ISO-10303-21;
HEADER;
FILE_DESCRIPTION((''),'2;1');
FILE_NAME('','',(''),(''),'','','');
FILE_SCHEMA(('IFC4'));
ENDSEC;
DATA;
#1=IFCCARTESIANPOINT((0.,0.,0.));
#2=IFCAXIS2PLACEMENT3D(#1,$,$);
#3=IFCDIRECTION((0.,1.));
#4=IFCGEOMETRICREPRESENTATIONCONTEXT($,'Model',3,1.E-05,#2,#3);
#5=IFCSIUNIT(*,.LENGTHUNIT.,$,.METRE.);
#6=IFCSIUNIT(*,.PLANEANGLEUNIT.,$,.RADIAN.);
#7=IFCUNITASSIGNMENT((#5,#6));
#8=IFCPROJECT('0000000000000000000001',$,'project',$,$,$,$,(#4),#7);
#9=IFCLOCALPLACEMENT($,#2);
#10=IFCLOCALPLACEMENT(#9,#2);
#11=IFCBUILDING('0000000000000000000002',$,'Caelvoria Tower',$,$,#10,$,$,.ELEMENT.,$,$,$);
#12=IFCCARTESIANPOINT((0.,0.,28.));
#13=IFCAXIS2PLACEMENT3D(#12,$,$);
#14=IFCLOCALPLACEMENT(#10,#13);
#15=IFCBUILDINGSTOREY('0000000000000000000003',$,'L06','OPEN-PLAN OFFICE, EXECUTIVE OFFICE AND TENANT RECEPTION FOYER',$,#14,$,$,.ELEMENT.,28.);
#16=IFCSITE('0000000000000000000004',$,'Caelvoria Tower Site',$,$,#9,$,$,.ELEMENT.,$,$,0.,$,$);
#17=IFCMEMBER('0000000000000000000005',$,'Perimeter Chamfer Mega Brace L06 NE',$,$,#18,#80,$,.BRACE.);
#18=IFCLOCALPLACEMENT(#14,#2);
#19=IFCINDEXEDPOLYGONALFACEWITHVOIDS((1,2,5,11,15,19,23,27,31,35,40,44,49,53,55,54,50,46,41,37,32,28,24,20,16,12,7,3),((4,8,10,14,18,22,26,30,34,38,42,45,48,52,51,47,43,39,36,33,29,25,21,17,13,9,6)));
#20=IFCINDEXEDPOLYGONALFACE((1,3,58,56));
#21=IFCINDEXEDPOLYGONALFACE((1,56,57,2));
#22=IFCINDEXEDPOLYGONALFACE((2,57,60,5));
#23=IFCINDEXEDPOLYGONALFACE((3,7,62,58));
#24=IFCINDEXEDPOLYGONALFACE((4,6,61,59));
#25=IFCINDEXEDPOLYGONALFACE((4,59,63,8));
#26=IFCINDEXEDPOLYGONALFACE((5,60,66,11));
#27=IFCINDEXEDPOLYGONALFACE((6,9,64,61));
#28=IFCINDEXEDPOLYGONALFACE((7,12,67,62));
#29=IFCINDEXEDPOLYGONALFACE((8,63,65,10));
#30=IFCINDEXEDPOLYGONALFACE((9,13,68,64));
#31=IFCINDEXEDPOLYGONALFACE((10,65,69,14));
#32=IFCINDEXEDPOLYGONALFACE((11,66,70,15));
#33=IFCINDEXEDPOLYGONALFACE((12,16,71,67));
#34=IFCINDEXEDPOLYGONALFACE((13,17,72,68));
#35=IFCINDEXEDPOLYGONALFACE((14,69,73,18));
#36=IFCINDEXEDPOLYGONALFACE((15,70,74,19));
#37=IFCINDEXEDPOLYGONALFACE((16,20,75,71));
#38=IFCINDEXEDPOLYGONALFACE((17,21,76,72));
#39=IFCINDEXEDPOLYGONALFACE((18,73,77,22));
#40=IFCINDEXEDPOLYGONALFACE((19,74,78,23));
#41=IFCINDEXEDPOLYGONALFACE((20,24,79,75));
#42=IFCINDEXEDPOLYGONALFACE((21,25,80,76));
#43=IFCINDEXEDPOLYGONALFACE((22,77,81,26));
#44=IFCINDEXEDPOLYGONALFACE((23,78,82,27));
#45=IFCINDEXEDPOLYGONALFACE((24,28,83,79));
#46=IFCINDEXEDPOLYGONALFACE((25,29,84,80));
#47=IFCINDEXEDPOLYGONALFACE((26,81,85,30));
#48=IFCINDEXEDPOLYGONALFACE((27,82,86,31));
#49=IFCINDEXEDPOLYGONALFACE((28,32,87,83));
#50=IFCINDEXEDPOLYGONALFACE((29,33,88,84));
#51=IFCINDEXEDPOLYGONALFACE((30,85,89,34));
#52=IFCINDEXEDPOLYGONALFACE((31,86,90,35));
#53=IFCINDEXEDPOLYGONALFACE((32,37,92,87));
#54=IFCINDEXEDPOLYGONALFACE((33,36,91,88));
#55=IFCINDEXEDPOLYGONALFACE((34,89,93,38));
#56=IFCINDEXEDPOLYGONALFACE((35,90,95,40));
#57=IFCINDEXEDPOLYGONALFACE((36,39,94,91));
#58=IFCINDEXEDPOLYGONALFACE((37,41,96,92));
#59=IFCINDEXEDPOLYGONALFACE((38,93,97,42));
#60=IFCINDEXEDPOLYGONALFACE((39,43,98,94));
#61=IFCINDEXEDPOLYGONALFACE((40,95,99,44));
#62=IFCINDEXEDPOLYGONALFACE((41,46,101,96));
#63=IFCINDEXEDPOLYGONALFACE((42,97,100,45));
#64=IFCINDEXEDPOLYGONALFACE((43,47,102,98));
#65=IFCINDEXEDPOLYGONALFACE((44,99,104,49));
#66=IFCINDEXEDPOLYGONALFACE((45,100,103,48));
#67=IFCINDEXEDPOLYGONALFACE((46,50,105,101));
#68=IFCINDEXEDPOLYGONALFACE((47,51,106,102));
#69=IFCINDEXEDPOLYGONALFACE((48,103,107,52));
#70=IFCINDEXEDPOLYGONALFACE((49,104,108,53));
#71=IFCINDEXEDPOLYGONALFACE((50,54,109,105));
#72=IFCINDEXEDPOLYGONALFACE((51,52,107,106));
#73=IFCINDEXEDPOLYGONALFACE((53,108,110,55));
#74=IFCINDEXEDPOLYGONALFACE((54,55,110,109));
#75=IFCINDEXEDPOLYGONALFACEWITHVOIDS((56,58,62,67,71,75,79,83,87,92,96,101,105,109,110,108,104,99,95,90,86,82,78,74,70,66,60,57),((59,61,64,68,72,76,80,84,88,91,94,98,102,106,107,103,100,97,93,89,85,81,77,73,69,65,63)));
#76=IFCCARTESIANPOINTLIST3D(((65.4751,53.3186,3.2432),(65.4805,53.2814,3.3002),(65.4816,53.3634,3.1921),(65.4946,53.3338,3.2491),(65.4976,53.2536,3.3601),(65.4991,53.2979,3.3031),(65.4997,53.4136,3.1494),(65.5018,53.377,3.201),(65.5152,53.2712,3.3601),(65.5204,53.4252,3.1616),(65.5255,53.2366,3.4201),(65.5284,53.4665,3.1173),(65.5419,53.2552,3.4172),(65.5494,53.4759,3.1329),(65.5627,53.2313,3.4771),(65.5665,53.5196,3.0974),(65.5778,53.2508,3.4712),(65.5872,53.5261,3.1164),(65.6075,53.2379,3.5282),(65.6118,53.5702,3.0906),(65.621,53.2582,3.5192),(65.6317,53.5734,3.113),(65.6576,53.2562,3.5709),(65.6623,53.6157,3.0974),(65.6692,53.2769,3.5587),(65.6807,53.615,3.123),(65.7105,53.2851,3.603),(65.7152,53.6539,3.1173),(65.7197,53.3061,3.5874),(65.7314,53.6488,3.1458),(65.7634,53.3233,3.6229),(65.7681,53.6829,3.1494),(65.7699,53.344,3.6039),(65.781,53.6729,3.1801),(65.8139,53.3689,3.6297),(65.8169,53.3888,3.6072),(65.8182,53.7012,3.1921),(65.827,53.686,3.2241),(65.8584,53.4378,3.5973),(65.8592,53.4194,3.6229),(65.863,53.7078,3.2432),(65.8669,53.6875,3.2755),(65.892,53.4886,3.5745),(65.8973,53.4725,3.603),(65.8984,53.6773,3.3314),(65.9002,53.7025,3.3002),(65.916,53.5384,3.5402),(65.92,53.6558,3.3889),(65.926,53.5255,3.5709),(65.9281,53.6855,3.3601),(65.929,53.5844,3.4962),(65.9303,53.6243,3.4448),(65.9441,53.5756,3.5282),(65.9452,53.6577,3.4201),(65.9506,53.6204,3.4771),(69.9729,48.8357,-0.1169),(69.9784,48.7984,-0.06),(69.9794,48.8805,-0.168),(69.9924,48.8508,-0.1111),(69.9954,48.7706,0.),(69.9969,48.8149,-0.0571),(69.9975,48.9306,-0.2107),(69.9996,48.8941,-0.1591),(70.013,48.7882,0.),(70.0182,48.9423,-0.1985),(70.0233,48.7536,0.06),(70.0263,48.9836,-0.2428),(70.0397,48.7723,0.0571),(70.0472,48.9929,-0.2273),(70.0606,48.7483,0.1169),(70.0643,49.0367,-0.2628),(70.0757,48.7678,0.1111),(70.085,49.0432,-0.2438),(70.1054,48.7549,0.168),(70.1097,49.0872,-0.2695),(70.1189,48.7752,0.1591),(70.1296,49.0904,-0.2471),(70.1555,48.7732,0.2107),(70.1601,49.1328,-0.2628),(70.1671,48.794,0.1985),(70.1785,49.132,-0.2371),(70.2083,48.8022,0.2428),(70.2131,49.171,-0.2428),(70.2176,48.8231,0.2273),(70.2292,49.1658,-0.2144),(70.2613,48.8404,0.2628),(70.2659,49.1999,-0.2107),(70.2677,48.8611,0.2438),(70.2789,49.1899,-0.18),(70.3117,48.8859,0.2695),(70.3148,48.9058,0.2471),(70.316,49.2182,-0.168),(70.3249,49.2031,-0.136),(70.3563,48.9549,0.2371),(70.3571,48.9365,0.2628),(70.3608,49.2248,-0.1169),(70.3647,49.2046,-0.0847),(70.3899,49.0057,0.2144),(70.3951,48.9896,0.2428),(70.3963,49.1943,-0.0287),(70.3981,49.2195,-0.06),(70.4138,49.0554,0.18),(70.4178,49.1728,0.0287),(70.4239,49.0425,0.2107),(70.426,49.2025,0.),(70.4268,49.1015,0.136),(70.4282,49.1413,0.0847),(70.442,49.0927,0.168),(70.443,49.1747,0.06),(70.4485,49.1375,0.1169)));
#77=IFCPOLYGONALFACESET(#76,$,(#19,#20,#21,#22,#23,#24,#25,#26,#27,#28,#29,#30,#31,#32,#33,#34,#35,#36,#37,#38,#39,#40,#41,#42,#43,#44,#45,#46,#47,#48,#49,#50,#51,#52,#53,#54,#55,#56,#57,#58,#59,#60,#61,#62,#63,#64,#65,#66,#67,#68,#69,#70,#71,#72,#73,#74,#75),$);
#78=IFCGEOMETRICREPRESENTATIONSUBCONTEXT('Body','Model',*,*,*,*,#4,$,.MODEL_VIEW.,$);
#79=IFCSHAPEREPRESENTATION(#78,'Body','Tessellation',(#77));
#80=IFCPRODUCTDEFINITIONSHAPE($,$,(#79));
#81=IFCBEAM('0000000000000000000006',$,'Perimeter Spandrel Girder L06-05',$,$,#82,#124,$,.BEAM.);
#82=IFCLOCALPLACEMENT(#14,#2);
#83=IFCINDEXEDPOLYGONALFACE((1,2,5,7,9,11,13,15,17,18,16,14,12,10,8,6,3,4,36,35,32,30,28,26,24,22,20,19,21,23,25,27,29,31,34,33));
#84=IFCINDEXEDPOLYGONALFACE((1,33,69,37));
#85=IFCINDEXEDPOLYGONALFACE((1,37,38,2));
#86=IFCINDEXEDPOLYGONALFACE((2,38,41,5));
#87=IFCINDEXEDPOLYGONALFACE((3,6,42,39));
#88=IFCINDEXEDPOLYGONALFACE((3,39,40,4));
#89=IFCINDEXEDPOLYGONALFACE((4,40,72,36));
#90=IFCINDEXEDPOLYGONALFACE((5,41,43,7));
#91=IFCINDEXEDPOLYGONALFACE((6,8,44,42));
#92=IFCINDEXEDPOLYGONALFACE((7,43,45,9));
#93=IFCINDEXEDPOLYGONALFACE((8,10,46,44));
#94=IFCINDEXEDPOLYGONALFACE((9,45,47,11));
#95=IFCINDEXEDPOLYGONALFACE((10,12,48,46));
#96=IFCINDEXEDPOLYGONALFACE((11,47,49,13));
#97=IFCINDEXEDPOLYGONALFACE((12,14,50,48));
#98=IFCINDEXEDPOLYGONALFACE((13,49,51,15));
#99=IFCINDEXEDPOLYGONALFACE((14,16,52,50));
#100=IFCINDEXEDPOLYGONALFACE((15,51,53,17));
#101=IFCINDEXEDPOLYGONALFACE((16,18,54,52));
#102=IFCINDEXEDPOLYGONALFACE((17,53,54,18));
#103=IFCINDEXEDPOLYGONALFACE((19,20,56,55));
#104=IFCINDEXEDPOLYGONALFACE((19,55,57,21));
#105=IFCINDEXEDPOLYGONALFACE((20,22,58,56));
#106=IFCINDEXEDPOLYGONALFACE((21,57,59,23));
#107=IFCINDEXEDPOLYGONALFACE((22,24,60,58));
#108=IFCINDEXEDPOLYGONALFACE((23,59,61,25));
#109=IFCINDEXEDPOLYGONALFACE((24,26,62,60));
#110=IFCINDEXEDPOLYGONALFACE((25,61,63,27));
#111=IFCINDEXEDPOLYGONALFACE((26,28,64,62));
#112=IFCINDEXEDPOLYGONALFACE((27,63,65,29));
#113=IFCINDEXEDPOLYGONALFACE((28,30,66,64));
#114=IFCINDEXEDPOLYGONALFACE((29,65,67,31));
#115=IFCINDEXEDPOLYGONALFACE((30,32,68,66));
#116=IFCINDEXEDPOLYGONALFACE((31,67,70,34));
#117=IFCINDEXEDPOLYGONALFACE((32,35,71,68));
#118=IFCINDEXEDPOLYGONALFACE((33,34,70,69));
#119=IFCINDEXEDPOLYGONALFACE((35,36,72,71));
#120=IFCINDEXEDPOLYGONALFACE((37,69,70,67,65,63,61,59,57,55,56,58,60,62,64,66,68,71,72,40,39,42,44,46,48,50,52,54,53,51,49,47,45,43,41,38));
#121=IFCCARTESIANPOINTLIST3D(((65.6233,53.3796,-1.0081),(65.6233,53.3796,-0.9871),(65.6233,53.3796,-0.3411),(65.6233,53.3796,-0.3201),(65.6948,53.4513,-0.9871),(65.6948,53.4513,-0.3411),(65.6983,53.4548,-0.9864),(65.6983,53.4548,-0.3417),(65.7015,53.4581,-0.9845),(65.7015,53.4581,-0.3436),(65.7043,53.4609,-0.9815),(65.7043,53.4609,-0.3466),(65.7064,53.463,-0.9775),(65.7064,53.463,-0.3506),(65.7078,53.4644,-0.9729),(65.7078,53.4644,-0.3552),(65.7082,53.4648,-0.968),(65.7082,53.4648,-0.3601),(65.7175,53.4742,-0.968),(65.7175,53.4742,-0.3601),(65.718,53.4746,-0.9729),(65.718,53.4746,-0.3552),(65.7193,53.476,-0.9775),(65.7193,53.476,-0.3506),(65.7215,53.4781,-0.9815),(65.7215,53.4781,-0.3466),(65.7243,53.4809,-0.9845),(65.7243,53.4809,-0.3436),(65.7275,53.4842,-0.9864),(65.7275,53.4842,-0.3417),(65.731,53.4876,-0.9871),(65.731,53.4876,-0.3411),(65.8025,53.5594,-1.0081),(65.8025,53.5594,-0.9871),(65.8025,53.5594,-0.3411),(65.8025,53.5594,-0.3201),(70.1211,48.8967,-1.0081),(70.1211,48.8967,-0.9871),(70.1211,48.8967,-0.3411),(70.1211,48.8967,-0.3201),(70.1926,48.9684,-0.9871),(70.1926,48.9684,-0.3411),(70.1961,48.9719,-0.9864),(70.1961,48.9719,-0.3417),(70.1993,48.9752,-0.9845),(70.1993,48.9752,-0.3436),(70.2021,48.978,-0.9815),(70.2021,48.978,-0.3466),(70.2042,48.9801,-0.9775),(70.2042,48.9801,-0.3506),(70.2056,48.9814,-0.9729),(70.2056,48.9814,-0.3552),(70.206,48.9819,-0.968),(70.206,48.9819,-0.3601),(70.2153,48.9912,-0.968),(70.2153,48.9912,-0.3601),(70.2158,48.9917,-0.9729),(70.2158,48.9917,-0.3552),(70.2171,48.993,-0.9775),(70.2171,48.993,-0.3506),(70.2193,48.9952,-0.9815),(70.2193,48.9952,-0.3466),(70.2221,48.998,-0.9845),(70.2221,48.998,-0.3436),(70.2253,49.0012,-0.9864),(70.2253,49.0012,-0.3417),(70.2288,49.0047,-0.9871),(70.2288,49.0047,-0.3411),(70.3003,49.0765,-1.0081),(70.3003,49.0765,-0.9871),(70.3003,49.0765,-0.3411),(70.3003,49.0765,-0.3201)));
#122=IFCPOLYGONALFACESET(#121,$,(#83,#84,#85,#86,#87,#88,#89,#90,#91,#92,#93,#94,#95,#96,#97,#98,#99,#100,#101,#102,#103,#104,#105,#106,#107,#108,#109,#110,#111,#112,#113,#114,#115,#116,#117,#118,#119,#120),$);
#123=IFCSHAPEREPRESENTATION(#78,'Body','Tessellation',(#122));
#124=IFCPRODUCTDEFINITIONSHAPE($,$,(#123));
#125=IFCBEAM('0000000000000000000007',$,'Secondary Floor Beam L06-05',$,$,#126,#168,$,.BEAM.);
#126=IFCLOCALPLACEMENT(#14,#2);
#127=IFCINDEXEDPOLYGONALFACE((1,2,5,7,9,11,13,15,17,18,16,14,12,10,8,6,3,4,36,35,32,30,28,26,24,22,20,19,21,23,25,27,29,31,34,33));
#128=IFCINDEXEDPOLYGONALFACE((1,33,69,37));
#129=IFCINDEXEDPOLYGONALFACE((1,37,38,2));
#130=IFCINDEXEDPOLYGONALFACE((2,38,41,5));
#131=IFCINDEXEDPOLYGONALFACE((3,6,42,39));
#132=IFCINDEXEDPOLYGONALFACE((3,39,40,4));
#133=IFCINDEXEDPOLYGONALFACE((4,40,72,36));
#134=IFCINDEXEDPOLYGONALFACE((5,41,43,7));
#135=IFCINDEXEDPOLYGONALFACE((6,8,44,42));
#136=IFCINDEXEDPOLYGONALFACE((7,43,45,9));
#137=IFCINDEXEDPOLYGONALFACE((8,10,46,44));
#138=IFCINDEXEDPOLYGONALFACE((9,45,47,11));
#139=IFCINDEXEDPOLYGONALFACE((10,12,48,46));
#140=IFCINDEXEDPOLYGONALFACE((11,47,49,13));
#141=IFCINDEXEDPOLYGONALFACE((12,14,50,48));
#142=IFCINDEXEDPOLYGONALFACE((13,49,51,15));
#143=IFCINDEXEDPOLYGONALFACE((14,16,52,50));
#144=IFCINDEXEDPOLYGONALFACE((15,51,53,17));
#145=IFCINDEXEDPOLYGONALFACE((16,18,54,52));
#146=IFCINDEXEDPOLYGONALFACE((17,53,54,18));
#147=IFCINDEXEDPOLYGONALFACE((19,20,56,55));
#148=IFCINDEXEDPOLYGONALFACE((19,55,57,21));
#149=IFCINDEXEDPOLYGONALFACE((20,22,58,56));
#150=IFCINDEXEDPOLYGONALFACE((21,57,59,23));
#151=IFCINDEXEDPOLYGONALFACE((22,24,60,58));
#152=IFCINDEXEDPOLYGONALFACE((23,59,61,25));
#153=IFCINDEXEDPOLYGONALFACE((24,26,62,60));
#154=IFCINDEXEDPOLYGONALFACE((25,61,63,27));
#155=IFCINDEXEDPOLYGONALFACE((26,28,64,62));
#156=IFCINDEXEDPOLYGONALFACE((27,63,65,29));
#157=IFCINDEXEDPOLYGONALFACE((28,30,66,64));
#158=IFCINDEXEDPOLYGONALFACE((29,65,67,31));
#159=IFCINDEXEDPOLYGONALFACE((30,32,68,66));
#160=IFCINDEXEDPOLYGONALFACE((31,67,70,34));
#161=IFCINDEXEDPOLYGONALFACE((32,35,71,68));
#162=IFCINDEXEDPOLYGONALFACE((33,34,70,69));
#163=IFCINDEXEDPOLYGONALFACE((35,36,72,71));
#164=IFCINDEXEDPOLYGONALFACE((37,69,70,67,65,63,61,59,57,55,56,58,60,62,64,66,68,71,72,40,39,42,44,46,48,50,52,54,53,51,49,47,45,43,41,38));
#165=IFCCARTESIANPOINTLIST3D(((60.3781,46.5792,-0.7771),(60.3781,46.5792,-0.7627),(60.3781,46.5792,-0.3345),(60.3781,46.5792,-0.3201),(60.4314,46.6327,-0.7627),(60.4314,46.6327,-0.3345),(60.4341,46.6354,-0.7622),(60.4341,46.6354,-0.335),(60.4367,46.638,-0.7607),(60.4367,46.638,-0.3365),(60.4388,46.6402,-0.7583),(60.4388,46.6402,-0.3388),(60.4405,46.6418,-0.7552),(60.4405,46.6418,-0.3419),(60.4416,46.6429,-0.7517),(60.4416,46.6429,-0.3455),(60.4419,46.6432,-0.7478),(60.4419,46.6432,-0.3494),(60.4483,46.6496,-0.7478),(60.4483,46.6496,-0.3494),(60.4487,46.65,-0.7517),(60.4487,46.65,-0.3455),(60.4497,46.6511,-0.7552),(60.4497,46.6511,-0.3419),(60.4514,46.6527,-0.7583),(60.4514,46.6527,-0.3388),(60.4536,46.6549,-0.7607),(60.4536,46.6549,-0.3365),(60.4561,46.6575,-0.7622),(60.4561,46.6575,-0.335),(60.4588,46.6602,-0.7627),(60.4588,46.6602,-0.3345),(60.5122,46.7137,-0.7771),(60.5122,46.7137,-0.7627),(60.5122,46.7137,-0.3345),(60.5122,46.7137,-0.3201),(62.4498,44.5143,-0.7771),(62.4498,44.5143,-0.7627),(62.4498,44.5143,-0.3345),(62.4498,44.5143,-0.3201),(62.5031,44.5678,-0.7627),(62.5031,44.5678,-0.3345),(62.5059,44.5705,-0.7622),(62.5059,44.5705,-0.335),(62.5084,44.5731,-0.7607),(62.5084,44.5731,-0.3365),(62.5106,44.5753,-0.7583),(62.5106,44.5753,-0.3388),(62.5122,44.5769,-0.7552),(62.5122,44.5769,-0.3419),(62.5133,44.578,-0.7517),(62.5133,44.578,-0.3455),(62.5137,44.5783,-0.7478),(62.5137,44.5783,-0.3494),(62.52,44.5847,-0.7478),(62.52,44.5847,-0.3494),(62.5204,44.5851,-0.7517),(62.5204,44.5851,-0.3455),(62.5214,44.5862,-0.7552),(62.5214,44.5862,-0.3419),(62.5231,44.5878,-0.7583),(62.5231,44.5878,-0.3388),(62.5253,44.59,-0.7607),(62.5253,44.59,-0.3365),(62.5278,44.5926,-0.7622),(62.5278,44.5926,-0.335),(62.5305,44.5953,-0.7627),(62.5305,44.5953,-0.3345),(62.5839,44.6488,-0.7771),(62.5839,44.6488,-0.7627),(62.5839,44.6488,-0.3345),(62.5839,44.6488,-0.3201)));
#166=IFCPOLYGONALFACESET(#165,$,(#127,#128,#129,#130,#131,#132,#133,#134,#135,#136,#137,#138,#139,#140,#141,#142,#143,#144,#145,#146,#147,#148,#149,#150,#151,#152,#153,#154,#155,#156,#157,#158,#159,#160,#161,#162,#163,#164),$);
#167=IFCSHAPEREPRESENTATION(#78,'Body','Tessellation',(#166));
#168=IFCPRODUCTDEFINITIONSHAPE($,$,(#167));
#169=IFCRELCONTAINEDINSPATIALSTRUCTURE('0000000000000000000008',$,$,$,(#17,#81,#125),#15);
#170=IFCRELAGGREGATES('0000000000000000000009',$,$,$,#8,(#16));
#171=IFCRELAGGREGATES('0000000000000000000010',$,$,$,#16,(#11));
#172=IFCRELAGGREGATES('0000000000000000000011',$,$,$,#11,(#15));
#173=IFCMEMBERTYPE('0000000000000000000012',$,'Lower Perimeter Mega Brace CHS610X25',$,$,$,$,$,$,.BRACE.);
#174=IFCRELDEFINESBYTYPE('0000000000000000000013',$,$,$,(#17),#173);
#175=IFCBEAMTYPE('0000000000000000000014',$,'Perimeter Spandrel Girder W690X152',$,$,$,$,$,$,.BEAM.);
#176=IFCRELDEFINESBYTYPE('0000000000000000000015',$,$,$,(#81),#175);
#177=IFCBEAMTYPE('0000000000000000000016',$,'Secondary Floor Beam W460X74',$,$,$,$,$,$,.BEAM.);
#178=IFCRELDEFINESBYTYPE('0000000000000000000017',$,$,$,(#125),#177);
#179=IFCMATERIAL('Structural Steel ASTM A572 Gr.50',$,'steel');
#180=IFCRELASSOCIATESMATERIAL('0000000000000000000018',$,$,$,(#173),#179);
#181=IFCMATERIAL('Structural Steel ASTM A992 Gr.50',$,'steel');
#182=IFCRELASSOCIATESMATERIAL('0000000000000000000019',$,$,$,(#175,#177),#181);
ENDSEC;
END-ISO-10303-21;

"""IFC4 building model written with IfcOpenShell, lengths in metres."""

from ifc_helpers import new_model, si_unit, direction, frame, origin, origin_2d, place, context, subcontext, project, spatial, hollow_circle, i_section, extrude, material, material_profile, profile_set, type_object, element, save


model = new_model("IFC4")

# Units and contexts
model_context = context("Model", 3, precision=1e-05, world=origin(), true_north=direction((0.0, 1.0)))
body_context = subcontext(model_context, "Body", "Model", "MODEL_VIEW")
ifc_project = project(units=[si_unit("LENGTHUNIT", "METRE"), si_unit("PLANEANGLEUNIT", "RADIAN")], contexts=[model_context])

# Site, building, storey
site_placement = place(None, origin())
site = spatial("IfcSite", under=ifc_project, at=site_placement, Name="Caelvoria Tower Site", CompositionType="ELEMENT", RefElevation=0.0)
building_placement = place(site_placement, origin())
building = spatial("IfcBuilding", under=site, at=building_placement, Name="Caelvoria Tower", CompositionType="ELEMENT")
storey_placement = place(building_placement, frame((0.0, 0.0, 28.0)))
storey = spatial("IfcBuildingStorey", under=building, at=storey_placement, Name="L06", Description="OPEN-PLAN OFFICE, EXECUTIVE OFFICE AND TENANT RECEPTION FOYER", CompositionType="ELEMENT", Elevation=28.0)

# Shared definitions
ifc_material_1 = material(Name="Structural Steel ASTM A572 Gr.50", Category="steel")

# Member
ifc_material_profile_1 = material_profile(ifc_material_1, hollow_circle(Radius=0.3049, WallThickness=0.0249, at=origin_2d()), Name="Structural Steel ASTM A572 Gr.50")
ifc_profile_set_1 = profile_set([ifc_material_profile_1], Name="CHS610X25 - Structural Steel ASTM A572 Gr.50")
member_type_1 = type_object("IfcMemberType", Name="Lower Perimeter Mega Brace CHS610X25", PredefinedType="BRACE", material=ifc_profile_set_1)
member_1_placement = place(storey_placement, frame((70.2107, 48.9866, 0.0), z_axis=(-0.626043, 0.62397, 0.467688), x_axis=(-0.705933, -0.708278, 0.0)))
element("IfcMember", 1, at=member_1_placement, inside=storey, type_object=member_type_1, Name="Perimeter Chamfer Mega Brace L06 NE", PredefinedType="BRACE", context=body_context, shape_type="SweptSolid", body=[
    extrude(hollow_circle(Radius=0.3049, WallThickness=0.0249, at=origin_2d()), origin(), (0.0, 0.0, 1.0), 7.1846),
])

# Beams
ifc_material_2 = material(Name="Structural Steel ASTM A992 Gr.50", Category="steel")
ifc_material_profile_2 = material_profile(ifc_material_2, i_section(OverallWidth=0.2539, OverallDepth=0.688, WebThickness=0.0132, FlangeThickness=0.021, FilletRadius=0.019, at=origin_2d()), Name="Structural Steel ASTM A992 Gr.50")
ifc_profile_set_2 = profile_set([ifc_material_profile_2], Name="W690X152 - Structural Steel ASTM A992 Gr.50")
beam_type_1 = type_object("IfcBeamType", Name="Perimeter Spandrel Girder W690X152", PredefinedType="BEAM", material=ifc_profile_set_2)
beam_1_placement = place(storey_placement, frame((70.2107, 48.9866, -0.6641), z_axis=(-0.708278, 0.705933, 0.0), x_axis=(-0.705933, -0.708278, 0.0)))
element("IfcBeam", 2, at=beam_1_placement, inside=storey, type_object=beam_type_1, Name="Perimeter Spandrel Girder L06-05", PredefinedType="BEAM", context=body_context, shape_type="SweptSolid", body=[
    extrude(i_section(OverallWidth=0.2539, OverallDepth=0.688, WebThickness=0.0132, FlangeThickness=0.021, FilletRadius=0.019, at=origin_2d()), origin(), (0.0, 0.0, 1.0), 6.3503),
])
ifc_material_profile_3 = material_profile(ifc_material_2, i_section(OverallWidth=0.1899, OverallDepth=0.457, WebThickness=0.009, FlangeThickness=0.0144, FilletRadius=0.0149, at=origin_2d()), Name="Structural Steel ASTM A992 Gr.50")
ifc_profile_set_3 = profile_set([ifc_material_profile_3], Name="W460X74 - Structural Steel ASTM A992 Gr.50")
beam_type_2 = type_object("IfcBeamType", Name="Secondary Floor Beam W460X74", PredefinedType="BEAM", material=ifc_profile_set_3)
beam_2_placement = place(storey_placement, frame((62.5168, 44.5815, -0.5486), z_axis=(-0.708274, 0.705937, 0.0), x_axis=(-0.705937, -0.708274, 0.0)))
element("IfcBeam", 3, at=beam_2_placement, inside=storey, type_object=beam_type_2, Name="Secondary Floor Beam L06-05", PredefinedType="BEAM", context=body_context, shape_type="SweptSolid", body=[
    extrude(i_section(OverallWidth=0.1899, OverallDepth=0.457, WebThickness=0.009, FlangeThickness=0.0144, FilletRadius=0.0149, at=origin_2d()), origin(), (0.0, 0.0, 1.0), 2.925),
])

save(model, "model.ifc")
